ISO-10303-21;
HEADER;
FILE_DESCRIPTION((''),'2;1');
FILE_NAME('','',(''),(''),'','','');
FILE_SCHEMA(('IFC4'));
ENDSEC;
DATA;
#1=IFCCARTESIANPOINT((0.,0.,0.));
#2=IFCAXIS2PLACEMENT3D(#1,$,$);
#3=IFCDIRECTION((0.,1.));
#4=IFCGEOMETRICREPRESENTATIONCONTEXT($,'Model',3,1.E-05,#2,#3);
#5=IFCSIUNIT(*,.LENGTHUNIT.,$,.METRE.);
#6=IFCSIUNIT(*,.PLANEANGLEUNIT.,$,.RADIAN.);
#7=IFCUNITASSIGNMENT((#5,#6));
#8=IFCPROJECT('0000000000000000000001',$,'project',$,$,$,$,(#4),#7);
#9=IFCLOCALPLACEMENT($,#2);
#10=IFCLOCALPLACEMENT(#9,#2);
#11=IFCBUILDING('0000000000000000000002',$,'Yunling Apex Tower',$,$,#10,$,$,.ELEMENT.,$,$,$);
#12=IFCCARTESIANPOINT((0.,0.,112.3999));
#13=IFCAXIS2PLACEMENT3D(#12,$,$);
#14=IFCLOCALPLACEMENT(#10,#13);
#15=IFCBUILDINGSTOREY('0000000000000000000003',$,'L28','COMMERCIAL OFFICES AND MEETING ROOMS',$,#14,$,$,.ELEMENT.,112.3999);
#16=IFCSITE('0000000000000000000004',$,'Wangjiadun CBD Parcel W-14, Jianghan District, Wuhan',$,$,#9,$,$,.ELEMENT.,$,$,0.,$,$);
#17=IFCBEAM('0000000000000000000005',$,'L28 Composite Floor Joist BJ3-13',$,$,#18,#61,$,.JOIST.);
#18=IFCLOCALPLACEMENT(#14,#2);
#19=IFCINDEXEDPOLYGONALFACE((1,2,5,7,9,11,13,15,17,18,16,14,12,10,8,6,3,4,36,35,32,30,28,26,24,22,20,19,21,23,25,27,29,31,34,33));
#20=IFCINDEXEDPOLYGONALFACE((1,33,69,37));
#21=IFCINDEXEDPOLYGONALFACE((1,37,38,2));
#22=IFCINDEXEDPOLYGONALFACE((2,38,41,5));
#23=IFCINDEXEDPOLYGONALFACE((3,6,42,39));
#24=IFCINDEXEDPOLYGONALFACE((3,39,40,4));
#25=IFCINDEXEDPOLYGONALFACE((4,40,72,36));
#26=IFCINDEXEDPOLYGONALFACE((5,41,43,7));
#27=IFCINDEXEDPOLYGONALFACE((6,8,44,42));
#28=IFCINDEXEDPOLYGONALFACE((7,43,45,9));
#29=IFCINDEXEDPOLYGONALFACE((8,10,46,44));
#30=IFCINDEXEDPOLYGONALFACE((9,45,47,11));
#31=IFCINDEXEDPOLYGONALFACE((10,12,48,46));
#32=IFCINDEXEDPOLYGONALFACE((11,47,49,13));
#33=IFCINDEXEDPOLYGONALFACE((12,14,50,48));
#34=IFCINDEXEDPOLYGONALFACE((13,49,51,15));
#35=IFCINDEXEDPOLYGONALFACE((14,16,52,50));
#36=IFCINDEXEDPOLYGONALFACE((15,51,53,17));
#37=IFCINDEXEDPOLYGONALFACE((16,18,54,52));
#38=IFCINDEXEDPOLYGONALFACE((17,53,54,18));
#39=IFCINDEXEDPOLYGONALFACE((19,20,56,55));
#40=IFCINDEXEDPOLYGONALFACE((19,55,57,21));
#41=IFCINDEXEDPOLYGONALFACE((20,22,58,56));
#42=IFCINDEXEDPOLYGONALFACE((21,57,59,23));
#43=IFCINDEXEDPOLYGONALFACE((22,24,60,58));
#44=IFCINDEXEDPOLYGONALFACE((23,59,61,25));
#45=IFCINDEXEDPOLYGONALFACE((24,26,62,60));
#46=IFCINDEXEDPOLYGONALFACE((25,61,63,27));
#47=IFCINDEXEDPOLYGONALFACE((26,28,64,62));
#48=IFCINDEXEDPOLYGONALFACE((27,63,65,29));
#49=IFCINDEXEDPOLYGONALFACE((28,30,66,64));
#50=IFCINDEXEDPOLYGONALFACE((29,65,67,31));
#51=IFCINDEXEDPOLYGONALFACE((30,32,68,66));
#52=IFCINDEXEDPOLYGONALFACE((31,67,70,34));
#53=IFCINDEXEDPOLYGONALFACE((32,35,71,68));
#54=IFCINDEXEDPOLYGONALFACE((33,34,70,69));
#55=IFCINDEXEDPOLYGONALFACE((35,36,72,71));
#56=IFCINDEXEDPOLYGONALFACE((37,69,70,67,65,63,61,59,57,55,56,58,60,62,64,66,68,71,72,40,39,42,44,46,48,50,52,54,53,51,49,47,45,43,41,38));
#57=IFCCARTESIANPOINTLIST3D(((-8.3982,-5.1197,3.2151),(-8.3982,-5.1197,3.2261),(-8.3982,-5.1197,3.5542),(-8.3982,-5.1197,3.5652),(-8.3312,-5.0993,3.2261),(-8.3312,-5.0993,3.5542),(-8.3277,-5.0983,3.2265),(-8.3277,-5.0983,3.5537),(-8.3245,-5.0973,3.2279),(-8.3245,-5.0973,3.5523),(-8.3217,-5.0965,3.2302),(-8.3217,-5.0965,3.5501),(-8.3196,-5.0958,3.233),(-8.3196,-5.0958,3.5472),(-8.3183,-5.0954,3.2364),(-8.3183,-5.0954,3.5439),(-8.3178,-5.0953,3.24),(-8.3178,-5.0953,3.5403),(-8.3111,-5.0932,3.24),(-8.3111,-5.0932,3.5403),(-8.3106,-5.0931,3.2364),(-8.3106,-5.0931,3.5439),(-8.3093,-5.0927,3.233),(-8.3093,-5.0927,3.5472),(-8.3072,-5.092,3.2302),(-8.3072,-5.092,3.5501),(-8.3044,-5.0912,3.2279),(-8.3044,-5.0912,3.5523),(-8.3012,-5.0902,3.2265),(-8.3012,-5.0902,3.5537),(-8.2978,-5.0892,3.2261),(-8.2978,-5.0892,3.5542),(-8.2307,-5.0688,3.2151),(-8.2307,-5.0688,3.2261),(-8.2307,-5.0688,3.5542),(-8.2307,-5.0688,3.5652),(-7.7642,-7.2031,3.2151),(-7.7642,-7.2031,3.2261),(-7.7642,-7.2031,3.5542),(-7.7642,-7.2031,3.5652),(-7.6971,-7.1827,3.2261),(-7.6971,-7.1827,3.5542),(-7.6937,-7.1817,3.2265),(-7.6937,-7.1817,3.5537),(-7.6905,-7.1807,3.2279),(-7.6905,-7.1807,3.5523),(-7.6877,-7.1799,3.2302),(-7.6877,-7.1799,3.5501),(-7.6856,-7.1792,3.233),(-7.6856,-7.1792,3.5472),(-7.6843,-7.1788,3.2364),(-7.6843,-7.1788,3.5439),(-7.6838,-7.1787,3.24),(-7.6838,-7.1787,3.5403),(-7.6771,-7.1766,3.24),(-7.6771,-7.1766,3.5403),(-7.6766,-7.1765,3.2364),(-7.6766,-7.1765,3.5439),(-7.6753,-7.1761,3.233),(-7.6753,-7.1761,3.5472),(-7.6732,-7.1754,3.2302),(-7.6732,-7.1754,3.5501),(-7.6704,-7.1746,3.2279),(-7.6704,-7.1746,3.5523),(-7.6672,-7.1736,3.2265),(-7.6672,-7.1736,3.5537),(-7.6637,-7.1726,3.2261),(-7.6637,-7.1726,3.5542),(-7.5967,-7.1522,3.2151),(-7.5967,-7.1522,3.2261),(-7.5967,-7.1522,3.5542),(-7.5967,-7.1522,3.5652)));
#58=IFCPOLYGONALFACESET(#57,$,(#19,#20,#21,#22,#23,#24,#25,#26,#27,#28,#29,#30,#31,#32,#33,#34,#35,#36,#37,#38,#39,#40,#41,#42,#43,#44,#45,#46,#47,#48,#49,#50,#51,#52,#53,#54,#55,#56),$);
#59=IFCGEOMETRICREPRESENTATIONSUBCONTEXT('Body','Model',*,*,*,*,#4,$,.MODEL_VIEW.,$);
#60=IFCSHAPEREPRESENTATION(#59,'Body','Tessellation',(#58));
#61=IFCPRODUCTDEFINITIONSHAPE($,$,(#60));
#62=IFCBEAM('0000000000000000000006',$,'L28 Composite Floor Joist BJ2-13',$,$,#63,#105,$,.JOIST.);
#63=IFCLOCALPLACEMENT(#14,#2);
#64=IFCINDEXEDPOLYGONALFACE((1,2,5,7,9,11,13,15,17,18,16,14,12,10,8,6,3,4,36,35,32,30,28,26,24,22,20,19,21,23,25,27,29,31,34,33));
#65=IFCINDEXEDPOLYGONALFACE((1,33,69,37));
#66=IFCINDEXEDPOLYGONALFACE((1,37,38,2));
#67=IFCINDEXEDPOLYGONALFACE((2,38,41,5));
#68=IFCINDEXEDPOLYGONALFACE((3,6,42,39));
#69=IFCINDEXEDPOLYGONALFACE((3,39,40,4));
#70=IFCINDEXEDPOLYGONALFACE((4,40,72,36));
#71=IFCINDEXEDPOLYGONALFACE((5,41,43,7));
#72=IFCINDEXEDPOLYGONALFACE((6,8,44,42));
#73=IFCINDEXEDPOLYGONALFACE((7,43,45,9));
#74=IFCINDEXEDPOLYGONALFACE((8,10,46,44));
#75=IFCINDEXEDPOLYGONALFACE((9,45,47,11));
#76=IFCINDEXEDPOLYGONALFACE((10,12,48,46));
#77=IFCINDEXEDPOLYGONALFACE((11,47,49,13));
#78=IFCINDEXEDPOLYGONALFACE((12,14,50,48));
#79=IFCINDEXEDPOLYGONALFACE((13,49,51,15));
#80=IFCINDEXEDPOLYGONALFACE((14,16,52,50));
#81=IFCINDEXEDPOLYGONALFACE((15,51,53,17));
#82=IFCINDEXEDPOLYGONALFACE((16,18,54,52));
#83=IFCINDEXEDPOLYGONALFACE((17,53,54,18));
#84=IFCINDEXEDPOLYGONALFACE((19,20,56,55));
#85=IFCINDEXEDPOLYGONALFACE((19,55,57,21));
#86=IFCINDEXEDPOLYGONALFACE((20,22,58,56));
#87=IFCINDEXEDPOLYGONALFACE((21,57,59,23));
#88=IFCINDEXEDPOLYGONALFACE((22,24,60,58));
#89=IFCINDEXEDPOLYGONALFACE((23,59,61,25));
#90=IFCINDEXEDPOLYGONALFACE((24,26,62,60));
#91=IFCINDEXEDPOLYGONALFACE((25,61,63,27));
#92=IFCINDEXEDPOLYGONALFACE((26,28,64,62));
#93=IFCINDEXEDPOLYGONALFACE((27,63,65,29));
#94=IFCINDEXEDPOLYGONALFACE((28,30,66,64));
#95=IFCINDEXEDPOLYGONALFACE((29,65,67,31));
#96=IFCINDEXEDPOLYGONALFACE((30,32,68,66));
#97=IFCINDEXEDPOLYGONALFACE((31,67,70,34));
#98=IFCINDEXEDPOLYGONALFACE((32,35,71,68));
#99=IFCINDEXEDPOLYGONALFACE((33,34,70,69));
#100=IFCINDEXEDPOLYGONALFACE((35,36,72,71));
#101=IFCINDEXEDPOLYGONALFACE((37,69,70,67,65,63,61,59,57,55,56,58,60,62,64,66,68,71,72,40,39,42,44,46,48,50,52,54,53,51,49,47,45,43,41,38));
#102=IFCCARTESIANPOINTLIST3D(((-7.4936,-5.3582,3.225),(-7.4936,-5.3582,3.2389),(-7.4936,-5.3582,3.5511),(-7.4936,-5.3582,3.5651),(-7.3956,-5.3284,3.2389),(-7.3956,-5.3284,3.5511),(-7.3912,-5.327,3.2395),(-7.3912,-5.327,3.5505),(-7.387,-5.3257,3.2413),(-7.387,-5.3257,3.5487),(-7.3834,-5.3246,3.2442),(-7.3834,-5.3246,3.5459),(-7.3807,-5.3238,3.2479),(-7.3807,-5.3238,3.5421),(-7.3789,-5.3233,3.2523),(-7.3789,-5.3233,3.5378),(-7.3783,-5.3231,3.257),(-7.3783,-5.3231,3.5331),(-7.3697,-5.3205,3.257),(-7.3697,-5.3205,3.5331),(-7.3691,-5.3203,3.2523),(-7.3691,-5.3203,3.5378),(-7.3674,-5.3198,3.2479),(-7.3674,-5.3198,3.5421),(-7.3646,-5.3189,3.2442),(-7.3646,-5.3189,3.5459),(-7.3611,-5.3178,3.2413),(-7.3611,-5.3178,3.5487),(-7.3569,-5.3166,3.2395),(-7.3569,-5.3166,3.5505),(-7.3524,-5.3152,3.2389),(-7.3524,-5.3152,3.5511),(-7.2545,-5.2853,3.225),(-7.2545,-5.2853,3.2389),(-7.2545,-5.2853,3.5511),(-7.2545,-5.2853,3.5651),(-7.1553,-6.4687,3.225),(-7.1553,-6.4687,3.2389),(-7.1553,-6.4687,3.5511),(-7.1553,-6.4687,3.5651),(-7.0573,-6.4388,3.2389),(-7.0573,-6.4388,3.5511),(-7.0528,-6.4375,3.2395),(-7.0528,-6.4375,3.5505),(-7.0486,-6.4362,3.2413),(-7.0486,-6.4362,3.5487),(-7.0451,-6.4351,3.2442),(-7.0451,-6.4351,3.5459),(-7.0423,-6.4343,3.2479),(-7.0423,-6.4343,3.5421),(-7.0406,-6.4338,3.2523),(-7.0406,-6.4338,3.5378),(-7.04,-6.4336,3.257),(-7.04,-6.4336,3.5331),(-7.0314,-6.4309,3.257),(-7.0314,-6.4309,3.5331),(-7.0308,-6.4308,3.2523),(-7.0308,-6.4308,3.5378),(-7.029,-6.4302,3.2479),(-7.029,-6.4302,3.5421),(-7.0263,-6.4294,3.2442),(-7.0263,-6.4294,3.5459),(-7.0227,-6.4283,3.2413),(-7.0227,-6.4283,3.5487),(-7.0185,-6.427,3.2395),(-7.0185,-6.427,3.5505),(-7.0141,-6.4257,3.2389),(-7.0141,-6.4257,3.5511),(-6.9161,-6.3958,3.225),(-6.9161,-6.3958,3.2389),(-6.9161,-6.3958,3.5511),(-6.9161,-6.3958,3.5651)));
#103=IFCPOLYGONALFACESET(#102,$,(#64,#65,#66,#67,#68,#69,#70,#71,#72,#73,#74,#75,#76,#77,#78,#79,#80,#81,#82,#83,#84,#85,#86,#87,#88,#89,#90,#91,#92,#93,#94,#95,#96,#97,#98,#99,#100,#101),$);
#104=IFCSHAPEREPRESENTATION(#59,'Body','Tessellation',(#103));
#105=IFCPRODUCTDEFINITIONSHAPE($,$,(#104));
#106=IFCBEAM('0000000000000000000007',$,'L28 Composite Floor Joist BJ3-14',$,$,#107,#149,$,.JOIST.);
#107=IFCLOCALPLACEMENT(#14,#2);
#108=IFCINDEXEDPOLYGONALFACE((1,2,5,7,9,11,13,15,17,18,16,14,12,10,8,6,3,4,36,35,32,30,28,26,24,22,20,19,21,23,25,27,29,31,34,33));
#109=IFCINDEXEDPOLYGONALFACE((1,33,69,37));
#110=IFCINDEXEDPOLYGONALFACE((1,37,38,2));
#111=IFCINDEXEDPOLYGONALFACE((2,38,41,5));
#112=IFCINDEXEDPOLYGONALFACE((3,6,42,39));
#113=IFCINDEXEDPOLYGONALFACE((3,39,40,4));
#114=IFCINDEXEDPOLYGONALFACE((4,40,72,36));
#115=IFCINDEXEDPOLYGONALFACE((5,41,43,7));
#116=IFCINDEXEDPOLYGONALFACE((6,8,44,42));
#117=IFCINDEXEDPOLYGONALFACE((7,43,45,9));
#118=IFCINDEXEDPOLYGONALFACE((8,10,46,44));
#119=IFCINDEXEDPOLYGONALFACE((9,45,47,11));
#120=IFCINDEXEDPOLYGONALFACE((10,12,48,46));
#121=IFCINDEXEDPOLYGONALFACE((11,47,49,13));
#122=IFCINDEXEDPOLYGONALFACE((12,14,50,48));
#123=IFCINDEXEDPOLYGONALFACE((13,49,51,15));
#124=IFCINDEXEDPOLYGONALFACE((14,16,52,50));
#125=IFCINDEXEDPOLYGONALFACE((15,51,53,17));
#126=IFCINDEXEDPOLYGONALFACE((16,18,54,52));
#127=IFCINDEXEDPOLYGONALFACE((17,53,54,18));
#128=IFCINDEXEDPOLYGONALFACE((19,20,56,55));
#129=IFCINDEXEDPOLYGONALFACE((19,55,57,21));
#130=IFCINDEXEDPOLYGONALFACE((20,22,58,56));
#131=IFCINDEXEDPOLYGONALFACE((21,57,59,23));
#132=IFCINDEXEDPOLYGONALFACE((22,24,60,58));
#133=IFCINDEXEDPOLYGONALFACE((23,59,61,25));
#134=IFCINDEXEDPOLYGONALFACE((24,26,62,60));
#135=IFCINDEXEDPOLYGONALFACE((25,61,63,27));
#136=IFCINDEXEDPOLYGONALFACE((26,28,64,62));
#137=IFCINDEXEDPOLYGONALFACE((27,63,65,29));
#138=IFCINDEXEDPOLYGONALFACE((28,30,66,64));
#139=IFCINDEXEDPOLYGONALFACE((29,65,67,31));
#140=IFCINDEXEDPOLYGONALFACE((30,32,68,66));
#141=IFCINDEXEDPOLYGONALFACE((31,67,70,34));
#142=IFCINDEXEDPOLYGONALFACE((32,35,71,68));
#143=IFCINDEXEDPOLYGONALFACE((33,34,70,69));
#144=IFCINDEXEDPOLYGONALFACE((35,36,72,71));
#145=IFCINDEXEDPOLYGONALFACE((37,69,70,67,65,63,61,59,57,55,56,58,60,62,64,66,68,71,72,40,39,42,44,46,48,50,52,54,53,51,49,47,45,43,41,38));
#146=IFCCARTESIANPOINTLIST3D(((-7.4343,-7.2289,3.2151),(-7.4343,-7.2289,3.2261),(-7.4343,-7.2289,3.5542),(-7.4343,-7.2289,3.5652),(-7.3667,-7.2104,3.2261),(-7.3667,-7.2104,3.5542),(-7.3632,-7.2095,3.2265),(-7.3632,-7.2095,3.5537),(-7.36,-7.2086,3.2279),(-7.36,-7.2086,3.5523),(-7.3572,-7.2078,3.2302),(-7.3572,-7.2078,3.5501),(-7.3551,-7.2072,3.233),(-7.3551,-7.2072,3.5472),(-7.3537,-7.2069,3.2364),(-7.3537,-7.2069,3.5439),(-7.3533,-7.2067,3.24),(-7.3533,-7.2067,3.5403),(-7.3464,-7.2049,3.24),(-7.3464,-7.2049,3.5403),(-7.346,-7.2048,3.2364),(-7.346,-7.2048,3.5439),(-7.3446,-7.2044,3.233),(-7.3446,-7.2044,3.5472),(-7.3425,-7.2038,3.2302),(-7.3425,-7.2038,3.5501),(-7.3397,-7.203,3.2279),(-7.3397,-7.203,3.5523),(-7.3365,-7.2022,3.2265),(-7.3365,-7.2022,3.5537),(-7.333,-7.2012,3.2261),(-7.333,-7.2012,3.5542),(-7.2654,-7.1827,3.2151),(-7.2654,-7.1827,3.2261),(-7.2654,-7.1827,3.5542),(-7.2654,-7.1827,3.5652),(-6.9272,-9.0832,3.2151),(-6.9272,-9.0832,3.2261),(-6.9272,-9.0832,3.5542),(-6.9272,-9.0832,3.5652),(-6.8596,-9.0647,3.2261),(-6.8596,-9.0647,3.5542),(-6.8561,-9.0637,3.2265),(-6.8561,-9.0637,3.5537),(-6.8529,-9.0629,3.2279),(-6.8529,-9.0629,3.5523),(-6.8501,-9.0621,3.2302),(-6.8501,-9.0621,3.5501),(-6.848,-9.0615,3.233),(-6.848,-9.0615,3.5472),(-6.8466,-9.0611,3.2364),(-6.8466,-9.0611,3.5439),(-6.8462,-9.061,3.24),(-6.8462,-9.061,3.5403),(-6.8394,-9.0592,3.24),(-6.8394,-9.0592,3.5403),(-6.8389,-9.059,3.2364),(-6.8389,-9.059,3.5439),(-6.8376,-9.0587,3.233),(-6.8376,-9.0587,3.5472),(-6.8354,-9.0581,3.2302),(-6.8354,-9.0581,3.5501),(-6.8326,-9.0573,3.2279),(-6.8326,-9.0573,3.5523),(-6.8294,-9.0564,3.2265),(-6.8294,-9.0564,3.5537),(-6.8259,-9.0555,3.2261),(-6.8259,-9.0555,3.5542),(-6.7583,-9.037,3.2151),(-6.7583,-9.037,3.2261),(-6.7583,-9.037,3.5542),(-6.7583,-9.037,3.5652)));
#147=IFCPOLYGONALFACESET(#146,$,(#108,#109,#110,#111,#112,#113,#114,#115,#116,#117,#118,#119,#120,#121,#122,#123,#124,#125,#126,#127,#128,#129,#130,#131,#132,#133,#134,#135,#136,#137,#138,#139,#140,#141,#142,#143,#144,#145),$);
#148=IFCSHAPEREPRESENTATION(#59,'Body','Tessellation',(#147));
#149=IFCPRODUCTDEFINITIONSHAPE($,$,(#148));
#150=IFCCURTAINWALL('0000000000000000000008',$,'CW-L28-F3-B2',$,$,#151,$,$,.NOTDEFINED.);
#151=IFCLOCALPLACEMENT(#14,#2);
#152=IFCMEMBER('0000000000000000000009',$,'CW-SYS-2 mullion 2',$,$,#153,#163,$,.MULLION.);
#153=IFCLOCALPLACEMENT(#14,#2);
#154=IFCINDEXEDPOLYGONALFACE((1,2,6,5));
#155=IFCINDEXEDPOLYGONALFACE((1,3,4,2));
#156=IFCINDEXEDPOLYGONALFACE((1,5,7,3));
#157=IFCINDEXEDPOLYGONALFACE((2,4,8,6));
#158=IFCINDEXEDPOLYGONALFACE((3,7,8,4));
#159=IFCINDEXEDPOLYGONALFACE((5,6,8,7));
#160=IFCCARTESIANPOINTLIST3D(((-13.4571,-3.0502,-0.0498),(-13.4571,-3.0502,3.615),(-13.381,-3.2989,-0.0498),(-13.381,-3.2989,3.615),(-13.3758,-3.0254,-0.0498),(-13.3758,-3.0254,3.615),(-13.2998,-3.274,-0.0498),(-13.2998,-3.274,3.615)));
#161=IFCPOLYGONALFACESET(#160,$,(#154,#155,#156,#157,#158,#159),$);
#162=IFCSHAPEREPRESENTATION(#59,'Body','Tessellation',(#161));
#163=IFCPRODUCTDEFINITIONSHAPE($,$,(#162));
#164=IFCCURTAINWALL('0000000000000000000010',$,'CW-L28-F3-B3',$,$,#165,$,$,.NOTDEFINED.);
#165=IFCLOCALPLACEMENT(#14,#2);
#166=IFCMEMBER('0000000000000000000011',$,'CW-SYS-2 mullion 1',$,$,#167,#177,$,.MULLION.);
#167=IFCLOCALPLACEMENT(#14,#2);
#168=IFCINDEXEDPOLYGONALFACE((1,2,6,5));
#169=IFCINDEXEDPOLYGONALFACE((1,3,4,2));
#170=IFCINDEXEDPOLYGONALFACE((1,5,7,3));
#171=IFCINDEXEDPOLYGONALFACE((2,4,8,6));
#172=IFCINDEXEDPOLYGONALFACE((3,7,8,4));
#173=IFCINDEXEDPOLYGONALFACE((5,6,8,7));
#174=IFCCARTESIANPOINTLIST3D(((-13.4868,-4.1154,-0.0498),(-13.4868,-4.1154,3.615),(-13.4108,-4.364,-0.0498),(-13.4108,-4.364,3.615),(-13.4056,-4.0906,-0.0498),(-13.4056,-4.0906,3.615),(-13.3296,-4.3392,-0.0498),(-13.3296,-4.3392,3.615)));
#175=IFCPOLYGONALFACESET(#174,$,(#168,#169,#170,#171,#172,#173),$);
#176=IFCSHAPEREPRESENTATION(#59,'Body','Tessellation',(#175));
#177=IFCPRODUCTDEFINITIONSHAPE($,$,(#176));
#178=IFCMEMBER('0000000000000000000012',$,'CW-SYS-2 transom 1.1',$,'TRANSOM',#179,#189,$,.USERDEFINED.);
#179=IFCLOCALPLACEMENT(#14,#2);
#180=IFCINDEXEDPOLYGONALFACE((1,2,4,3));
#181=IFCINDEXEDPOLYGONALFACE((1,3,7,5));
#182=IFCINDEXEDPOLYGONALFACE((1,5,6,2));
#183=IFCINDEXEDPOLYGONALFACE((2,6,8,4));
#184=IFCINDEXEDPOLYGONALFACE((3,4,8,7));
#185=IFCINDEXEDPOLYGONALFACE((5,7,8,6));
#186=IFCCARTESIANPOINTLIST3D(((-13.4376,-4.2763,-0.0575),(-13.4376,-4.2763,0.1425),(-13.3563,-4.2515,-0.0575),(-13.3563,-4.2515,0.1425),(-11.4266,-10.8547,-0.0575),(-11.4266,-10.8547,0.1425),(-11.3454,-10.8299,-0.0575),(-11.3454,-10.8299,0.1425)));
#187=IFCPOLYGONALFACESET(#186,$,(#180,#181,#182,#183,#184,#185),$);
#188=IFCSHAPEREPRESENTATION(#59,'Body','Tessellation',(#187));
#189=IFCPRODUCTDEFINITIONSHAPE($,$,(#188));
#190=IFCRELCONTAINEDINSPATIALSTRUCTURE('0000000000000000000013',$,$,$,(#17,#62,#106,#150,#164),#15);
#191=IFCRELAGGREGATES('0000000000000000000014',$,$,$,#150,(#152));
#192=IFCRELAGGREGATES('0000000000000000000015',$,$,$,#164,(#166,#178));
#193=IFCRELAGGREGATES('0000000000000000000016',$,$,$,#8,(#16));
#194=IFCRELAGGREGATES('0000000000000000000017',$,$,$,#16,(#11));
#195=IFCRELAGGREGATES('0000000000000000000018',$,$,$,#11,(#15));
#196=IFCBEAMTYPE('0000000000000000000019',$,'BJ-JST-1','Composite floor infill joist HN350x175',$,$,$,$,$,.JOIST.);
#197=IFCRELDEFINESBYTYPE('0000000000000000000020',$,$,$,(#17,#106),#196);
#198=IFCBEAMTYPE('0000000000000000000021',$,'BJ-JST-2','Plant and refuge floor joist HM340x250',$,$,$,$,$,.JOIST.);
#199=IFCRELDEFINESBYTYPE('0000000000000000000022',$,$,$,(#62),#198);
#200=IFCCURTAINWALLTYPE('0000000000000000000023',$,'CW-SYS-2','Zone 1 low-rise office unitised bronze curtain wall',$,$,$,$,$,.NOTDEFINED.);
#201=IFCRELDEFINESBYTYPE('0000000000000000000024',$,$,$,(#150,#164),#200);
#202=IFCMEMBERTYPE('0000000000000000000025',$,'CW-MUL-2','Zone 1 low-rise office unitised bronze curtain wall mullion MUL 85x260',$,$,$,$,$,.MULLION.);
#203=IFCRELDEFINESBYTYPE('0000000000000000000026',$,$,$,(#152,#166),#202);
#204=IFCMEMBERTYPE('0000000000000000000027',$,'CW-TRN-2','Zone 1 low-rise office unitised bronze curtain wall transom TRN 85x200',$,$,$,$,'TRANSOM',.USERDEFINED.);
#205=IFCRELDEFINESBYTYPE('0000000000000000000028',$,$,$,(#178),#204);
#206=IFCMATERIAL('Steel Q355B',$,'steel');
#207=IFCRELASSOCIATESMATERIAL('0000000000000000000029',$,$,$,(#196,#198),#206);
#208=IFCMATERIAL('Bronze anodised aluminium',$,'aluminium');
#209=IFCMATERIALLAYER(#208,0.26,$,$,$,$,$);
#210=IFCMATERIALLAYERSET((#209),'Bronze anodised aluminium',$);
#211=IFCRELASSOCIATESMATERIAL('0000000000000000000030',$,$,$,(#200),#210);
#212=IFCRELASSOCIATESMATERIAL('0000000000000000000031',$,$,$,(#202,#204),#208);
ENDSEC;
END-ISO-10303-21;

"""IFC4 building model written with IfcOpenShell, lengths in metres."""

from ifc_helpers import new_model, si_unit, direction, frame, origin, origin_2d, place, context, subcontext, project, spatial, rectangle, i_section, extrude, source, transform, mapped, material, layer, layer_set, material_profile, profile_set, type_object, element, aggregate, save


model = new_model("IFC4")

# Units and contexts
model_context = context("Model", 3, precision=1e-05, world=origin(), true_north=direction((0.0, 1.0)))
body_context = subcontext(model_context, "Body", "Model", "MODEL_VIEW")
ifc_project = project(units=[si_unit("LENGTHUNIT", "METRE"), si_unit("PLANEANGLEUNIT", "RADIAN")], contexts=[model_context])

# Site, building, storey
site_placement = place(None, origin())
site = spatial("IfcSite", under=ifc_project, at=site_placement, Name="Wangjiadun CBD Parcel W-14, Jianghan District, Wuhan", CompositionType="ELEMENT", RefElevation=0.0)
building_placement = place(site_placement, origin())
building = spatial("IfcBuilding", under=site, at=building_placement, Name="Yunling Apex Tower", CompositionType="ELEMENT")
storey_placement = place(building_placement, frame((0.0, 0.0, 112.3999)))
storey = spatial("IfcBuildingStorey", under=building, at=storey_placement, Name="L28", Description="COMMERCIAL OFFICES AND MEETING ROOMS", CompositionType="ELEMENT", Elevation=112.3999)

# Beams
ifc_material_1 = material(Name="Steel Q355B", Category="steel")
ifc_material_profile_1 = material_profile(ifc_material_1, i_section(OverallWidth=0.175, OverallDepth=0.3501, WebThickness=0.0071, FlangeThickness=0.011, FilletRadius=0.0139, at=origin_2d()))
ifc_profile_set_1 = profile_set([ifc_material_profile_1], Name="Steel Q355B")
beam_type_1 = type_object("IfcBeamType", Name="BJ-JST-1", Description="Composite floor infill joist HN350x175", PredefinedType="JOIST", material=ifc_profile_set_1)
shared_shape_1 = source(origin(), body_context, "Body", "SweptSolid", [
    extrude(i_section(OverallWidth=0.175, OverallDepth=0.3501, WebThickness=0.0071, FlangeThickness=0.011, FilletRadius=0.0139, at=origin_2d()), origin(), (0.0, 0.0, 1.0), 2.1777),
])
beam_1_placement = place(storey_placement, frame((-8.3145, -5.0942, 3.3901), z_axis=(0.29113, -0.956683, 0.0), x_axis=(0.956683, 0.29113, 0.0)))
element("IfcBeam", 1, at=beam_1_placement, inside=storey, type_object=beam_type_1, Name="L28 Composite Floor Joist BJ3-13", PredefinedType="JOIST", context=body_context, shape_type="MappedRepresentation", body=[
    mapped(shared_shape_1, transform((0.0, 0.0, 0.0), scale=1.0)),
])
ifc_material_profile_2 = material_profile(ifc_material_1, i_section(OverallWidth=0.25, OverallDepth=0.3401, WebThickness=0.009, FlangeThickness=0.0139, FilletRadius=0.0181, at=origin_2d()))
ifc_profile_set_2 = profile_set([ifc_material_profile_2], Name="Steel Q355B")
beam_type_2 = type_object("IfcBeamType", Name="BJ-JST-2", Description="Plant and refuge floor joist HM340x250", PredefinedType="JOIST", material=ifc_profile_set_2)
shared_shape_2 = source(origin(), body_context, "Body", "SweptSolid", [
    extrude(i_section(OverallWidth=0.25, OverallDepth=0.3401, WebThickness=0.009, FlangeThickness=0.0139, FilletRadius=0.0181, at=origin_2d()), origin(), (0.0, 0.0, 1.0), 1.1609),
])
beam_2_placement = place(storey_placement, frame((-7.374, -5.3218, 3.395), z_axis=(0.291454, -0.956585, 0.0), x_axis=(0.956585, 0.291454, 0.0)))
element("IfcBeam", 2, at=beam_2_placement, inside=storey, type_object=beam_type_2, Name="L28 Composite Floor Joist BJ2-13", PredefinedType="JOIST", context=body_context, shape_type="MappedRepresentation", body=[
    mapped(shared_shape_2, transform((0.0, 0.0, 0.0), scale=1.0)),
])
shared_shape_3 = source(origin(), body_context, "Body", "SweptSolid", [
    extrude(i_section(OverallWidth=0.175, OverallDepth=0.3501, WebThickness=0.0071, FlangeThickness=0.011, FilletRadius=0.0139, at=origin_2d()), origin(), (0.0, 0.0, 1.0), 1.9224),
])
beam_3_placement = place(storey_placement, frame((-7.3499, -7.2058, 3.3901), z_axis=(0.263784, -0.964582, 0.0), x_axis=(0.964582, 0.263784, 0.0)))
element("IfcBeam", 3, at=beam_3_placement, inside=storey, type_object=beam_type_1, Name="L28 Composite Floor Joist BJ3-14", PredefinedType="JOIST", context=body_context, shape_type="MappedRepresentation", body=[
    mapped(shared_shape_3, transform((0.0, 0.0, 0.0), scale=1.0)),
])

# Curtain wall, member
ifc_material_2 = material(Name="Bronze anodised aluminium", Category="aluminium")
ifc_layer_1 = layer(ifc_material_2, 0.26)
ifc_layer_set_1 = layer_set([ifc_layer_1], Name="Bronze anodised aluminium")
curtain_wall_type = type_object("IfcCurtainWallType", Name="CW-SYS-2", Description="Zone 1 low-rise office unitised bronze curtain wall", PredefinedType="NOTDEFINED", material=ifc_layer_set_1)
curtain_wall_1_placement = place(storey_placement, origin())
curtain_wall_1 = element("IfcCurtainWall", 4, at=curtain_wall_1_placement, inside=storey, type_object=curtain_wall_type, Name="CW-L28-F3-B2", PredefinedType="NOTDEFINED")
ifc_material_profile_3 = material_profile(ifc_material_2, rectangle(XDim=0.085, YDim=0.26, at=origin_2d()))
ifc_profile_set_3 = profile_set([ifc_material_profile_3], Name="Bronze anodised aluminium")
member_type_1 = type_object("IfcMemberType", Name="CW-MUL-2", Description="Zone 1 low-rise office unitised bronze curtain wall mullion MUL 85x260", PredefinedType="MULLION", material=ifc_profile_set_3)
shared_shape_4 = source(origin(), body_context, "Body", "SweptSolid", [
    extrude(rectangle(XDim=0.085, YDim=0.26, at=origin_2d()), origin(), (0.0, 0.0, 1.0), 3.6648),
])
member_1_placement = place(storey_placement, frame((-13.3784, -3.1621, -0.0498), z_axis=(0.0, 0.0, 1.0), x_axis=(0.956307, 0.292364, 0.0)))
member_1 = element("IfcMember", 5, at=member_1_placement, type_object=member_type_1, Name="CW-SYS-2 mullion 2", PredefinedType="MULLION", context=body_context, shape_type="MappedRepresentation", body=[
    mapped(shared_shape_4, transform((0.0, 0.0, 0.0), scale=1.0)),
])
aggregate(curtain_wall_1, [member_1])

# Curtain wall, members
curtain_wall_2_placement = place(storey_placement, origin())
curtain_wall_2 = element("IfcCurtainWall", 6, at=curtain_wall_2_placement, inside=storey, type_object=curtain_wall_type, Name="CW-L28-F3-B3", PredefinedType="NOTDEFINED")
member_2_placement = place(storey_placement, frame((-13.4082, -4.2273, -0.0498), z_axis=(0.0, 0.0, 1.0), x_axis=(0.956304, 0.292373, 0.0)))
member_2 = element("IfcMember", 7, at=member_2_placement, type_object=member_type_1, Name="CW-SYS-2 mullion 1", PredefinedType="MULLION", context=body_context, shape_type="MappedRepresentation", body=[
    mapped(shared_shape_4, transform((0.0, 0.0, 0.0), scale=1.0)),
])
ifc_material_profile_4 = material_profile(ifc_material_2, rectangle(XDim=0.085, YDim=0.2, at=origin_2d()))
ifc_profile_set_4 = profile_set([ifc_material_profile_4], Name="Bronze anodised aluminium")
member_type_2 = type_object("IfcMemberType", Name="CW-TRN-2", Description="Zone 1 low-rise office unitised bronze curtain wall transom TRN 85x200", ElementType="TRANSOM", PredefinedType="USERDEFINED", material=ifc_profile_set_4)
shared_shape_5 = source(origin(), body_context, "Body", "SweptSolid", [
    extrude(rectangle(XDim=0.085, YDim=0.2, at=origin_2d()), origin(), (0.0, 0.0, 1.0), 6.8789),
])
member_3_placement = place(storey_placement, frame((-13.397, -4.2639, 0.0425), z_axis=(0.292342, -0.956314, 0.0), x_axis=(0.956314, 0.292342, 0.0)))
member_3 = element("IfcMember", 8, at=member_3_placement, type_object=member_type_2, Name="CW-SYS-2 transom 1.1", ObjectType="TRANSOM", PredefinedType="USERDEFINED", context=body_context, shape_type="MappedRepresentation", body=[
    mapped(shared_shape_5, transform((0.0, 0.0, 0.0), scale=1.0)),
])
aggregate(curtain_wall_2, [member_2, member_3])

save(model, "model.ifc")
